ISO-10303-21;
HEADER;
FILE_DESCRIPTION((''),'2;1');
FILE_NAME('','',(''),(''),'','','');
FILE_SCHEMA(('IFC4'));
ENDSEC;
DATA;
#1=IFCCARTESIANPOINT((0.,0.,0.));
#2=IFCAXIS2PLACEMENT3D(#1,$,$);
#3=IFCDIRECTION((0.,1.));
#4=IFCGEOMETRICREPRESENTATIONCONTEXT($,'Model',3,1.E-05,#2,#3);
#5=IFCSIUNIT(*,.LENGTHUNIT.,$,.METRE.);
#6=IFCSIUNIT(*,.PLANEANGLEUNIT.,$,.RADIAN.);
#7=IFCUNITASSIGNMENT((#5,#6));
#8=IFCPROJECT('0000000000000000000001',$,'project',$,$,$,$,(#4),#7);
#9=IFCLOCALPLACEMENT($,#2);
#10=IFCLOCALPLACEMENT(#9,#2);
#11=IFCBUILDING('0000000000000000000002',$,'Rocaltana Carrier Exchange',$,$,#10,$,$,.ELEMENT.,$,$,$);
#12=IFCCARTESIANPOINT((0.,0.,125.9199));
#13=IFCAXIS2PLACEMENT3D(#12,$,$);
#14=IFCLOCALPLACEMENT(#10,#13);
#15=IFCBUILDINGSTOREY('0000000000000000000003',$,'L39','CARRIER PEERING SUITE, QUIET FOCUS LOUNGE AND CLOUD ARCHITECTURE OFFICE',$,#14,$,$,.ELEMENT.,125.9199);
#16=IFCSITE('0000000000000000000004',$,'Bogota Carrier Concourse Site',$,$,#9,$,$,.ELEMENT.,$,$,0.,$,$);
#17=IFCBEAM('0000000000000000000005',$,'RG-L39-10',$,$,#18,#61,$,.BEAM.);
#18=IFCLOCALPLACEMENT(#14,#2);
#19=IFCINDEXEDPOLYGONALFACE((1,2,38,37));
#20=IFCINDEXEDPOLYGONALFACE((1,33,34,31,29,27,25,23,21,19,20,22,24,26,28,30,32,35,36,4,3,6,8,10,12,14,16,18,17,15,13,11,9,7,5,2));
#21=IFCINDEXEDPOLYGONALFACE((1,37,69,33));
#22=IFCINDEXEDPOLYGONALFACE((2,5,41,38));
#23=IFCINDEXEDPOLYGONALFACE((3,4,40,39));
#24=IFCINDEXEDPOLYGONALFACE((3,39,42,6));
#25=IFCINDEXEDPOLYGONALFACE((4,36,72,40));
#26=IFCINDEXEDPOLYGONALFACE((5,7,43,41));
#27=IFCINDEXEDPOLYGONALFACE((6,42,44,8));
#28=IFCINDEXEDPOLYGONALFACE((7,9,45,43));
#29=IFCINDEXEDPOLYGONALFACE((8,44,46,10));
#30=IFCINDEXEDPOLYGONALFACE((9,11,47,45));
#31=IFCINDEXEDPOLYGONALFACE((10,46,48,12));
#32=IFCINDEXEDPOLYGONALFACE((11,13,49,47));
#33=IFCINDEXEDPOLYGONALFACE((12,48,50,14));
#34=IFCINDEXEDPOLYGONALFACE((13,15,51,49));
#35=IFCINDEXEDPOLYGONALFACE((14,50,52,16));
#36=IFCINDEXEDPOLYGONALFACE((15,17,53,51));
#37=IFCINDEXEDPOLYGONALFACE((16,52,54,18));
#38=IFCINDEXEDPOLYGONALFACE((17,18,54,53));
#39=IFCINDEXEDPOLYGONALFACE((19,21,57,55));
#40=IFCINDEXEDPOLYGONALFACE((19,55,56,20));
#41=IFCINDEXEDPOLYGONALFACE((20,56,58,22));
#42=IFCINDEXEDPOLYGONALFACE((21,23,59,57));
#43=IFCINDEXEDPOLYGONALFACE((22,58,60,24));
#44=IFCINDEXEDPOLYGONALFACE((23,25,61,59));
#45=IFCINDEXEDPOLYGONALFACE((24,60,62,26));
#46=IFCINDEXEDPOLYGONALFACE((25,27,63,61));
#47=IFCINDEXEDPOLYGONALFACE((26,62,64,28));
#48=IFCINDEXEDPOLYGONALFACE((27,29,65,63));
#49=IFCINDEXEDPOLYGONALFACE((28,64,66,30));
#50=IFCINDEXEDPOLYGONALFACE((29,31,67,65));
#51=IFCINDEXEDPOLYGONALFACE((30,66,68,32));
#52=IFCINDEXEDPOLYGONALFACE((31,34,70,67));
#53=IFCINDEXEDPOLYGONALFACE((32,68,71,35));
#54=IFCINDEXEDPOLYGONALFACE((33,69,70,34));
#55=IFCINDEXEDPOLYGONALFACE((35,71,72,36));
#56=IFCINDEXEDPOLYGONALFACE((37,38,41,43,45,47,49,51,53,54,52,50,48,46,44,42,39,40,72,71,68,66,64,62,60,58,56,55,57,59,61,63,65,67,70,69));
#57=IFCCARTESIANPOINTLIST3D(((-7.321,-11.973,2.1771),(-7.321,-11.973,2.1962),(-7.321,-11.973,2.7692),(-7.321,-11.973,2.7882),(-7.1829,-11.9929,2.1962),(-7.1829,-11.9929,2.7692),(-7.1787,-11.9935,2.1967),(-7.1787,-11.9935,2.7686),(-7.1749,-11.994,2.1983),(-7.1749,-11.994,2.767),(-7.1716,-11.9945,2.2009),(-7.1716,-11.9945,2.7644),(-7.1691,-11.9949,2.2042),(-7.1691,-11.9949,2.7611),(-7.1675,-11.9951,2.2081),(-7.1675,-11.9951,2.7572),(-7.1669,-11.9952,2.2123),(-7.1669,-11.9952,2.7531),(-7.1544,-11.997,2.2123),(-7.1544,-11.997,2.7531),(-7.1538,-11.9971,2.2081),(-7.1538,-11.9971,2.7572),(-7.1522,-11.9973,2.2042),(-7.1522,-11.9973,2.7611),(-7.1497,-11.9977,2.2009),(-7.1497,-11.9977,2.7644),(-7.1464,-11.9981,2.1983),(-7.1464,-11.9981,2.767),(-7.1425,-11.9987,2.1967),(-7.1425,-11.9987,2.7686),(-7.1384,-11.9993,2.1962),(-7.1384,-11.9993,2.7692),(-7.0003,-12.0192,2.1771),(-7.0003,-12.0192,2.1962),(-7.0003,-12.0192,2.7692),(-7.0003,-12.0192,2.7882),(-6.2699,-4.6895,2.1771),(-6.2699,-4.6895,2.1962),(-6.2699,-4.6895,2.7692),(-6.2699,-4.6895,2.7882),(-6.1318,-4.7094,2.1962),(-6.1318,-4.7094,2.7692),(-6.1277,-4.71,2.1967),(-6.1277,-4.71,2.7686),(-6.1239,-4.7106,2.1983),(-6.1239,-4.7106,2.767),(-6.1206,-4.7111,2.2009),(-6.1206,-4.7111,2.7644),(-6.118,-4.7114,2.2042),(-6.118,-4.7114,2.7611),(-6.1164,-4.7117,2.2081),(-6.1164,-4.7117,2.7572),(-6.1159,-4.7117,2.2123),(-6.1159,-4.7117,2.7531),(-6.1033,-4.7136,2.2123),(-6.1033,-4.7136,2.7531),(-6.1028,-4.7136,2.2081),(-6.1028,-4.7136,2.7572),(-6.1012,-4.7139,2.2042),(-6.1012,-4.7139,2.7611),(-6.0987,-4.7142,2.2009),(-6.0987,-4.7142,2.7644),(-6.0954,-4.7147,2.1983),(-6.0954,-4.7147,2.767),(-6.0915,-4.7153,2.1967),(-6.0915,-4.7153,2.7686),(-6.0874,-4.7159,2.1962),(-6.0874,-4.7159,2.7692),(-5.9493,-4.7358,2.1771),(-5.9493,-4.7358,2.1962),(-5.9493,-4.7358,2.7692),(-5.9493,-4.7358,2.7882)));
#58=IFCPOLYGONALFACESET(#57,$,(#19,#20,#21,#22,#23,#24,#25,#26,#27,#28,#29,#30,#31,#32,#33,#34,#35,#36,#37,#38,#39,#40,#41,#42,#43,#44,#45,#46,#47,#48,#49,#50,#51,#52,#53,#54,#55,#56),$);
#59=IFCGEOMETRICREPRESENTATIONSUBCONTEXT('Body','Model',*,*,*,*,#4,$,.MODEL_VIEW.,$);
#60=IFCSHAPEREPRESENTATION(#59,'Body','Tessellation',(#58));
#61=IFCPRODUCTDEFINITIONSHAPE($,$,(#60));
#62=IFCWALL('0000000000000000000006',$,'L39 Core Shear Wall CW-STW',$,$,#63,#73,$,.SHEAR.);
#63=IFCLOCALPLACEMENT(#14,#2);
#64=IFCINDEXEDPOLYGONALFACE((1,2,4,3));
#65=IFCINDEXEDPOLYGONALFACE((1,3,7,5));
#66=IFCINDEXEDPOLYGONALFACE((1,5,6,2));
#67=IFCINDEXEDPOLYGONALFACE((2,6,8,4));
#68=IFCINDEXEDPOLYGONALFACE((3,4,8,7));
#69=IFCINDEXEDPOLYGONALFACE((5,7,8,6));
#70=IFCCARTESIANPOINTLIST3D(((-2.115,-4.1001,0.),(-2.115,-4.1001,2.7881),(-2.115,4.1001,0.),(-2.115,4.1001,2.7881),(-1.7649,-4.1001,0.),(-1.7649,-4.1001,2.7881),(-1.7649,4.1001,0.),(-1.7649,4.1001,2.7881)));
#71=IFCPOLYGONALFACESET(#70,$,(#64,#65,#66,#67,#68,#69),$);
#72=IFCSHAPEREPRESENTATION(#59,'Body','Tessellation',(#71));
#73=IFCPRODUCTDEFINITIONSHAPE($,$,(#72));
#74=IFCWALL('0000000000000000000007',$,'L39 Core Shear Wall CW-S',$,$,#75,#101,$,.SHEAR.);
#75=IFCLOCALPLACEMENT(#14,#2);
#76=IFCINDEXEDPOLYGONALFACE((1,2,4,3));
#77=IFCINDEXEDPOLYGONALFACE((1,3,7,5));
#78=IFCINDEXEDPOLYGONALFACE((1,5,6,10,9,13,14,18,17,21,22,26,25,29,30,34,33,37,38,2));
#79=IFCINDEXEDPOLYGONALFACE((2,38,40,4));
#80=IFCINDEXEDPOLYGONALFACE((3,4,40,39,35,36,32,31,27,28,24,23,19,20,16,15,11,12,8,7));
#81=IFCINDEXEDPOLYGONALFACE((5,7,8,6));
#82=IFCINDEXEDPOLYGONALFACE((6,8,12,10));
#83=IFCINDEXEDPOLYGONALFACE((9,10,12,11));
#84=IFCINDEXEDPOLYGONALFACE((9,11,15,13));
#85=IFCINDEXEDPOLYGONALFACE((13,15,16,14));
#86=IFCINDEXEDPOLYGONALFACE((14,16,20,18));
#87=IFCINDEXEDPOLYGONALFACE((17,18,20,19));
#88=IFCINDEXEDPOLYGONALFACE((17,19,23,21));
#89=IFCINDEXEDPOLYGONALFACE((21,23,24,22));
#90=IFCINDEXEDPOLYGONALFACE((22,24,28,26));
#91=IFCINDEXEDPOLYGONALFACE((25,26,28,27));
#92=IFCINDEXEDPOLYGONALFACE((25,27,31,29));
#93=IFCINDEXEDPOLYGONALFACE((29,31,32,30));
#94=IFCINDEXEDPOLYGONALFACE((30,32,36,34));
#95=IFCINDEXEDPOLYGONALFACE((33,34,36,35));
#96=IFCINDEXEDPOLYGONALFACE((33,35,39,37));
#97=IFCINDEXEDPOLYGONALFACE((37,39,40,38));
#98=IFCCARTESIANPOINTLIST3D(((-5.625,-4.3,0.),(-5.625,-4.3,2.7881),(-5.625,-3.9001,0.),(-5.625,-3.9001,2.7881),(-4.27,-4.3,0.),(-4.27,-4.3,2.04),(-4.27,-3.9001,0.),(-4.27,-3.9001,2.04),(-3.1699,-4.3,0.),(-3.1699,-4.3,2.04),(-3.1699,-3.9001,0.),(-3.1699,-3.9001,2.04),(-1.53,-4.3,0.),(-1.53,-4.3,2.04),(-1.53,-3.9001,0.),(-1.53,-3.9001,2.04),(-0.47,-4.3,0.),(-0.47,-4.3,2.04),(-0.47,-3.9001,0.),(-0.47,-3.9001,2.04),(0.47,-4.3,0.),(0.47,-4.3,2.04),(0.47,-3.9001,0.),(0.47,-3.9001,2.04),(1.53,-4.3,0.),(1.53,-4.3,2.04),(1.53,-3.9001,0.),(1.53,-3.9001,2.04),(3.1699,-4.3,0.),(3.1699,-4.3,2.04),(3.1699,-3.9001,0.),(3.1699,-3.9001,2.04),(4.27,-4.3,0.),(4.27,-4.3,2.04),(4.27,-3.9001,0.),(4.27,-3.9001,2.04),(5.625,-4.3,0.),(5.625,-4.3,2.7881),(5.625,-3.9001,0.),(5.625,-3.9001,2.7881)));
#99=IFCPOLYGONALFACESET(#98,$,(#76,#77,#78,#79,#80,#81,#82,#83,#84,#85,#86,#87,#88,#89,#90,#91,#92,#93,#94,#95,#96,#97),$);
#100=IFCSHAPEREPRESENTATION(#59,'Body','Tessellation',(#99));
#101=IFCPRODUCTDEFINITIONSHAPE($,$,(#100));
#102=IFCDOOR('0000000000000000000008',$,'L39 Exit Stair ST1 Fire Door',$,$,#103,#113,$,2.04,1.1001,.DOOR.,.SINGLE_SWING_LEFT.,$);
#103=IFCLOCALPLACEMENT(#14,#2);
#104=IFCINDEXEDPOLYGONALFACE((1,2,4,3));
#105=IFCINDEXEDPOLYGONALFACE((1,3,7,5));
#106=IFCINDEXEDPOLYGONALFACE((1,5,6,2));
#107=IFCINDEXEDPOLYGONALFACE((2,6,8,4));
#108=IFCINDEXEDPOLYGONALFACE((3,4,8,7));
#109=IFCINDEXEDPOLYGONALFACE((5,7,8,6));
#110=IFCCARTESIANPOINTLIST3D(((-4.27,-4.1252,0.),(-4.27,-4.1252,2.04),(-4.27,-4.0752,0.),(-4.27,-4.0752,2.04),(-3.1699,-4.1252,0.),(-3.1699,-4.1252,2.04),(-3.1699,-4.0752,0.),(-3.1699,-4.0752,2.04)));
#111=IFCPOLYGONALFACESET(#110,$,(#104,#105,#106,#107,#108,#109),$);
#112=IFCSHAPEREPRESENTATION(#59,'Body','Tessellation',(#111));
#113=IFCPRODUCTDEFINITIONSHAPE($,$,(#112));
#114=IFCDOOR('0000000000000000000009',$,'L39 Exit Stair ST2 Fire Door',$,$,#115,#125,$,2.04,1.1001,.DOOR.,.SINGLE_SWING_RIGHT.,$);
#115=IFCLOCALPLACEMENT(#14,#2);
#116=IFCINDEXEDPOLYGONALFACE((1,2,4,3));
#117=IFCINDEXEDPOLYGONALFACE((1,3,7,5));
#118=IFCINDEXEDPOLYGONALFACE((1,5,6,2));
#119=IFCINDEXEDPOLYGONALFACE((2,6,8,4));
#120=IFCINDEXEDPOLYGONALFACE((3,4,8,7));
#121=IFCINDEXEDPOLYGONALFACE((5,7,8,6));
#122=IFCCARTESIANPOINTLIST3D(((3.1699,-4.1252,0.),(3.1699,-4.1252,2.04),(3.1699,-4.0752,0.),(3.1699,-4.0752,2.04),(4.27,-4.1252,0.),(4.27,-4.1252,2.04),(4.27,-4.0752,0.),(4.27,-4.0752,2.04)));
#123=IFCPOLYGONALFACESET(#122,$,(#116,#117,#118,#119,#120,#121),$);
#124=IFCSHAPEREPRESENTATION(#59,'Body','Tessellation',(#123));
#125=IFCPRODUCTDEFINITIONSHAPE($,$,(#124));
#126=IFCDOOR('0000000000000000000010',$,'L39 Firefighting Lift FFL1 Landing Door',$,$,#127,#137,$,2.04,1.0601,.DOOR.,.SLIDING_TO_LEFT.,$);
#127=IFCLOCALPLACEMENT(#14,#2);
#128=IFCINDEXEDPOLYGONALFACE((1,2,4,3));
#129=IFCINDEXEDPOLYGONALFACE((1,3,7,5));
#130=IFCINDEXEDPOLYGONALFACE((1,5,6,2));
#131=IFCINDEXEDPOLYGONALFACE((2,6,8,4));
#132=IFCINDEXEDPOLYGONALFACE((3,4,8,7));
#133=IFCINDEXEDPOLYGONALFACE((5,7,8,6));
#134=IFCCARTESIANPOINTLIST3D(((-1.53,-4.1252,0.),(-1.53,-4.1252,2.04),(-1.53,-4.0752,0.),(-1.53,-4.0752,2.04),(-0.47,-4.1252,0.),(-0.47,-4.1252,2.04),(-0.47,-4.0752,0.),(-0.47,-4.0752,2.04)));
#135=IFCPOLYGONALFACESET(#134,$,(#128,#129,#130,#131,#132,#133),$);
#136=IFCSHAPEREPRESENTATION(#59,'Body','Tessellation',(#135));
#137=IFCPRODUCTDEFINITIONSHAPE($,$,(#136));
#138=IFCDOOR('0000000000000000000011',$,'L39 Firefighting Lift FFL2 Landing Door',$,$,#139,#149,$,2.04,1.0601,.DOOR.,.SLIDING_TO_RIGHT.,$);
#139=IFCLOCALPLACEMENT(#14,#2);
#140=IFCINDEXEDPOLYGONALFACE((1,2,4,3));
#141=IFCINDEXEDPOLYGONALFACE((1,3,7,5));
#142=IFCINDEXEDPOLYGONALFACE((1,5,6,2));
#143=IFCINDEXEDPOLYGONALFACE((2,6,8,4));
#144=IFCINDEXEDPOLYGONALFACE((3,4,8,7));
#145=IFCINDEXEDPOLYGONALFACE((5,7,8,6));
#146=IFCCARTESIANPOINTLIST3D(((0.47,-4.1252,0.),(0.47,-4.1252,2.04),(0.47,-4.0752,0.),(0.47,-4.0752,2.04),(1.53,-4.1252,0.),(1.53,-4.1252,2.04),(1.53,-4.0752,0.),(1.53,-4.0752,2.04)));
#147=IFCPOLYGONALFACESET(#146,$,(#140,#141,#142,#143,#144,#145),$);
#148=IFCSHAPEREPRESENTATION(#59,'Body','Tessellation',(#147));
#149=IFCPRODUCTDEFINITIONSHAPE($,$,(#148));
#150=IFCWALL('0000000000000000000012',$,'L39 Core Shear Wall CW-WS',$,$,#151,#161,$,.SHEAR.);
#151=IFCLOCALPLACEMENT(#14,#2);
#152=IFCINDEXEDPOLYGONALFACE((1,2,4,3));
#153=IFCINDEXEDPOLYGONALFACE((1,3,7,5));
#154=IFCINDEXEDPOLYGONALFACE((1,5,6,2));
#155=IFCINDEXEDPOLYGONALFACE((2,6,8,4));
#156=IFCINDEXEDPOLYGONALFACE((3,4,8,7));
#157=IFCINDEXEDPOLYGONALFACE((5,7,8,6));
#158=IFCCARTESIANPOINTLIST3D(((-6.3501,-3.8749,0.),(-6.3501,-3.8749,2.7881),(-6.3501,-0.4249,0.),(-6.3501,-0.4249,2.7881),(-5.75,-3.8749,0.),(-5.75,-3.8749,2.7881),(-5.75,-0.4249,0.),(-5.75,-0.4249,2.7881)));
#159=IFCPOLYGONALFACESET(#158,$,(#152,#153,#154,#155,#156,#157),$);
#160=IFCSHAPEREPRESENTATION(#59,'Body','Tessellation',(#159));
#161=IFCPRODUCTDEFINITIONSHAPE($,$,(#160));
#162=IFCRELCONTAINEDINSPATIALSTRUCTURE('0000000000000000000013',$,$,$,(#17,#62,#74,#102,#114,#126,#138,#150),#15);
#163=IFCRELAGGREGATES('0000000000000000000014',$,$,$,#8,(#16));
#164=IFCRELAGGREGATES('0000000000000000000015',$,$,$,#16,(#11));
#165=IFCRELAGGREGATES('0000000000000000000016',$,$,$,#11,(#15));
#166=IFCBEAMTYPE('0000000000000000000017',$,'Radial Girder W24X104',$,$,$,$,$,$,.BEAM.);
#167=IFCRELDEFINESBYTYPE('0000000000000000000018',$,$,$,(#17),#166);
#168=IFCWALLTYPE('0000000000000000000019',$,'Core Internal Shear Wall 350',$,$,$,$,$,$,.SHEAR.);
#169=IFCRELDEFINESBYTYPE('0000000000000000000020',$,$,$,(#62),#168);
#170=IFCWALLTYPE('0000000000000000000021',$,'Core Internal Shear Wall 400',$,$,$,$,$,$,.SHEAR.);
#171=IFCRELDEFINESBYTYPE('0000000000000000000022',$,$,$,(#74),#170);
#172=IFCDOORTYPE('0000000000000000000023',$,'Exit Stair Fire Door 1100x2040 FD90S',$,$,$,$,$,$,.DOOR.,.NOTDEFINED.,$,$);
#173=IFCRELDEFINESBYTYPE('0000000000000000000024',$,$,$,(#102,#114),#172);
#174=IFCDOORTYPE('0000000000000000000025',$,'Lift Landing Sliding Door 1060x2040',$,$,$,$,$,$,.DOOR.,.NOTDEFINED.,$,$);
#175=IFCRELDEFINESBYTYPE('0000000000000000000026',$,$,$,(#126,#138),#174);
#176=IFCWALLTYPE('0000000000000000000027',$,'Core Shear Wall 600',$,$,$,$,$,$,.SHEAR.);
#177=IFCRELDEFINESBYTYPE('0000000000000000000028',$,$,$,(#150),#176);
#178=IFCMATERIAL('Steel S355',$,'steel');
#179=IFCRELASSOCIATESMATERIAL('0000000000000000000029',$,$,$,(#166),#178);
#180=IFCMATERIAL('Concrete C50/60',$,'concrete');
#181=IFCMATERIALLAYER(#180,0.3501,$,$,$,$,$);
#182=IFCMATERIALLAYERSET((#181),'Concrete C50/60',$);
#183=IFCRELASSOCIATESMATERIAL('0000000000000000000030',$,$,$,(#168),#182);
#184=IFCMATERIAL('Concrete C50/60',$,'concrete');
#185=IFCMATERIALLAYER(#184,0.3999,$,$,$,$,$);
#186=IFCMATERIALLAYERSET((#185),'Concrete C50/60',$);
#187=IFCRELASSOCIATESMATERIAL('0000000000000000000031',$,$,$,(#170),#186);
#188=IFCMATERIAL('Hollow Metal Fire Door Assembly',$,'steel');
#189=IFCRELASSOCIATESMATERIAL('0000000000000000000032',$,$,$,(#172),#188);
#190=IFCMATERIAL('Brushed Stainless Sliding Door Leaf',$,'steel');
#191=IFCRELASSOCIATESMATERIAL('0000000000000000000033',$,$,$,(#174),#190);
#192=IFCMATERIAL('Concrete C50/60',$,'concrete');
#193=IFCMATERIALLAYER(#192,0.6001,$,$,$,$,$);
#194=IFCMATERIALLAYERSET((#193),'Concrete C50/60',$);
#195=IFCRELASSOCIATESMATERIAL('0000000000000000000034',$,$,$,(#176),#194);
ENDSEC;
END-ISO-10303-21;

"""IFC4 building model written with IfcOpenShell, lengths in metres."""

from ifc_helpers import new_model, si_unit, direction, frame, frame_2d, origin, origin_2d, place, context, subcontext, project, spatial, rectangle, i_section, extrude, material, layer, layer_set, material_profile, profile_set, type_object, element, fill, save


model = new_model("IFC4")

# Units and contexts
model_context = context("Model", 3, precision=1e-05, world=origin(), true_north=direction((0.0, 1.0)))
body_context = subcontext(model_context, "Body", "Model", "MODEL_VIEW")
ifc_project = project(units=[si_unit("LENGTHUNIT", "METRE"), si_unit("PLANEANGLEUNIT", "RADIAN")], contexts=[model_context])

# Site, building, storey
site_placement = place(None, origin())
site = spatial("IfcSite", under=ifc_project, at=site_placement, Name="Bogota Carrier Concourse Site", CompositionType="ELEMENT", RefElevation=0.0)
building_placement = place(site_placement, origin())
building = spatial("IfcBuilding", under=site, at=building_placement, Name="Rocaltana Carrier Exchange", CompositionType="ELEMENT")
storey_placement = place(building_placement, frame((0.0, 0.0, 125.9199)))
storey = spatial("IfcBuildingStorey", under=building, at=storey_placement, Name="L39", Description="CARRIER PEERING SUITE, QUIET FOCUS LOUNGE AND CLOUD ARCHITECTURE OFFICE", CompositionType="ELEMENT", Elevation=125.9199)

# Beam
ifc_material_1 = material(Name="Steel S355", Category="steel")
ifc_material_profile_1 = material_profile(ifc_material_1, i_section(OverallWidth=0.324, OverallDepth=0.6111, WebThickness=0.0127, FlangeThickness=0.019, FilletRadius=0.0161, at=origin_2d()), Name="W24X104")
ifc_profile_set_1 = profile_set([ifc_material_profile_1], Name="Steel S355")
beam_type = type_object("IfcBeamType", Name="Radial Girder W24X104", PredefinedType="BEAM", material=ifc_profile_set_1)
beam_1_placement = place(storey_placement, frame((-6.1096, -4.7126, 2.4827), z_axis=(-0.142824, -0.989748, 0.0), x_axis=(0.989748, -0.142824, 0.0)))
element("IfcBeam", 1, at=beam_1_placement, inside=storey, type_object=beam_type, Name="RG-L39-10", PredefinedType="BEAM", context=body_context, shape_type="SweptSolid", body=[
    extrude(i_section(OverallWidth=0.324, OverallDepth=0.6111, WebThickness=0.0127, FlangeThickness=0.019, FilletRadius=0.0161, at=origin_2d()), origin(), (0.0, 0.0, 1.0), 7.3589),
])

# Wall
ifc_material_2 = material(Name="Concrete C50/60", Category="concrete")
ifc_layer_1 = layer(ifc_material_2, 0.3501)
ifc_layer_set_1 = layer_set([ifc_layer_1], Name="Concrete C50/60")
wall_type_1 = type_object("IfcWallType", Name="Core Internal Shear Wall 350", PredefinedType="SHEAR", material=ifc_layer_set_1)
wall_1_placement = place(storey_placement, frame((-1.9399, -4.1001, 0.0), z_axis=(0.0, 0.0, 1.0), x_axis=(0.0, 1.0, 0.0)))
element("IfcWall", 2, at=wall_1_placement, inside=storey, type_object=wall_type_1, Name="L39 Core Shear Wall CW-STW", PredefinedType="SHEAR", context=body_context, shape_type="SweptSolid", body=[
    extrude(rectangle(XDim=8.2002, YDim=0.3501, at=frame_2d((4.1001, 0.0))), origin(), (0.0, 0.0, 1.0), 2.7881),
])

# Wall, openings, doors
ifc_material_3 = material(Name="Concrete C50/60", Category="concrete")
ifc_layer_2 = layer(ifc_material_3, 0.3999)
ifc_layer_set_2 = layer_set([ifc_layer_2], Name="Concrete C50/60")
wall_type_2 = type_object("IfcWallType", Name="Core Internal Shear Wall 400", PredefinedType="SHEAR", material=ifc_layer_set_2)
wall_2_placement = place(storey_placement, frame((-5.625, -4.1001, 0.0), z_axis=(0.0, 0.0, 1.0), x_axis=(1.0, 0.0, 0.0)))
wall_2 = element("IfcWall", 3, at=wall_2_placement, inside=storey, type_object=wall_type_2, Name="L39 Core Shear Wall CW-S", PredefinedType="SHEAR", context=body_context, shape_type="SweptSolid", body=[
    extrude(rectangle(XDim=11.25, YDim=0.3999, at=frame_2d((5.625, 0.0))), origin(), (0.0, 0.0, 1.0), 2.7881),
])
opening_1_placement = place(wall_2_placement, frame((1.355, 0.0, 0.0)))
opening_1 = element("IfcOpeningElement", 4, at=opening_1_placement, cuts=wall_2, PredefinedType="OPENING", context=body_context, shape_type="SweptSolid", body=[
    extrude(rectangle(XDim=1.1001, YDim=2.04, at=frame_2d((0.55, 1.02))), frame((0.0, 0.21, 0.0), z_axis=(0.0, -1.0, 0.0), x_axis=(1.0, 0.0, 0.0)), (0.0, 0.0, 1.0), 0.4199),
])
opening_2_placement = place(wall_2_placement, frame((8.7949, 0.0, 0.0)))
opening_2 = element("IfcOpeningElement", 5, at=opening_2_placement, cuts=wall_2, PredefinedType="OPENING", context=body_context, shape_type="SweptSolid", body=[
    extrude(rectangle(XDim=1.1001, YDim=2.04, at=frame_2d((0.55, 1.02))), frame((0.0, 0.21, 0.0), z_axis=(0.0, -1.0, 0.0), x_axis=(1.0, 0.0, 0.0)), (0.0, 0.0, 1.0), 0.4199),
])
opening_3_placement = place(wall_2_placement, frame((4.095, 0.0, 0.0)))
opening_3 = element("IfcOpeningElement", 6, at=opening_3_placement, cuts=wall_2, PredefinedType="OPENING", context=body_context, shape_type="SweptSolid", body=[
    extrude(rectangle(XDim=1.0601, YDim=2.04, at=frame_2d((0.53, 1.02))), frame((0.0, 0.21, 0.0), z_axis=(0.0, -1.0, 0.0), x_axis=(1.0, 0.0, 0.0)), (0.0, 0.0, 1.0), 0.4199),
])
opening_4_placement = place(wall_2_placement, frame((6.095, 0.0, 0.0)))
opening_4 = element("IfcOpeningElement", 7, at=opening_4_placement, cuts=wall_2, PredefinedType="OPENING", context=body_context, shape_type="SweptSolid", body=[
    extrude(rectangle(XDim=1.0601, YDim=2.04, at=frame_2d((0.53, 1.02))), frame((0.0, 0.21, 0.0), z_axis=(0.0, -1.0, 0.0), x_axis=(1.0, 0.0, 0.0)), (0.0, 0.0, 1.0), 0.4199),
])
ifc_material_4 = material(Name="Hollow Metal Fire Door Assembly", Category="steel")
door_type_1 = type_object("IfcDoorType", Name="Exit Stair Fire Door 1100x2040 FD90S", OperationType="NOTDEFINED", PredefinedType="DOOR", material=ifc_material_4)
door_1_placement = place(opening_1_placement, origin())
door_1 = element("IfcDoor", 8, at=door_1_placement, inside=storey, type_object=door_type_1, Name="L39 Exit Stair ST1 Fire Door", OperationType="SINGLE_SWING_LEFT", OverallHeight=2.04, OverallWidth=1.1001, PredefinedType="DOOR", context=body_context, shape_type="SweptSolid", body=[
    extrude(rectangle(XDim=1.1001, YDim=2.04, at=frame_2d((0.55, 1.02))), frame((0.0, 0.0249, 0.0), z_axis=(0.0, -1.0, 0.0), x_axis=(1.0, 0.0, 0.0)), (0.0, 0.0, 1.0), 0.05),
])
fill(opening_1, door_1)
door_2_placement = place(opening_2_placement, origin())
door_2 = element("IfcDoor", 9, at=door_2_placement, inside=storey, type_object=door_type_1, Name="L39 Exit Stair ST2 Fire Door", OperationType="SINGLE_SWING_RIGHT", OverallHeight=2.04, OverallWidth=1.1001, PredefinedType="DOOR", context=body_context, shape_type="SweptSolid", body=[
    extrude(rectangle(XDim=1.1001, YDim=2.04, at=frame_2d((0.55, 1.02))), frame((0.0, 0.0249, 0.0), z_axis=(0.0, -1.0, 0.0), x_axis=(1.0, 0.0, 0.0)), (0.0, 0.0, 1.0), 0.05),
])
fill(opening_2, door_2)
ifc_material_5 = material(Name="Brushed Stainless Sliding Door Leaf", Category="steel")
door_type_2 = type_object("IfcDoorType", Name="Lift Landing Sliding Door 1060x2040", OperationType="NOTDEFINED", PredefinedType="DOOR", material=ifc_material_5)
door_3_placement = place(opening_3_placement, origin())
door_3 = element("IfcDoor", 10, at=door_3_placement, inside=storey, type_object=door_type_2, Name="L39 Firefighting Lift FFL1 Landing Door", OperationType="SLIDING_TO_LEFT", OverallHeight=2.04, OverallWidth=1.0601, PredefinedType="DOOR", context=body_context, shape_type="SweptSolid", body=[
    extrude(rectangle(XDim=1.0601, YDim=2.04, at=frame_2d((0.53, 1.02))), frame((0.0, 0.0249, 0.0), z_axis=(0.0, -1.0, 0.0), x_axis=(1.0, 0.0, 0.0)), (0.0, 0.0, 1.0), 0.05),
])
fill(opening_3, door_3)
door_4_placement = place(opening_4_placement, origin())
door_4 = element("IfcDoor", 11, at=door_4_placement, inside=storey, type_object=door_type_2, Name="L39 Firefighting Lift FFL2 Landing Door", OperationType="SLIDING_TO_RIGHT", OverallHeight=2.04, OverallWidth=1.0601, PredefinedType="DOOR", context=body_context, shape_type="SweptSolid", body=[
    extrude(rectangle(XDim=1.0601, YDim=2.04, at=frame_2d((0.53, 1.02))), frame((0.0, 0.0249, 0.0), z_axis=(0.0, -1.0, 0.0), x_axis=(1.0, 0.0, 0.0)), (0.0, 0.0, 1.0), 0.05),
])
fill(opening_4, door_4)

# Wall
ifc_material_6 = material(Name="Concrete C50/60", Category="concrete")
ifc_layer_3 = layer(ifc_material_6, 0.6001)
ifc_layer_set_3 = layer_set([ifc_layer_3], Name="Concrete C50/60")
wall_type_3 = type_object("IfcWallType", Name="Core Shear Wall 600", PredefinedType="SHEAR", material=ifc_layer_set_3)
wall_3_placement = place(storey_placement, frame((-6.05, -3.875, 0.0), z_axis=(0.0, 0.0, 1.0), x_axis=(0.0, 1.0, 0.0)))
element("IfcWall", 12, at=wall_3_placement, inside=storey, type_object=wall_type_3, Name="L39 Core Shear Wall CW-WS", PredefinedType="SHEAR", context=body_context, shape_type="SweptSolid", body=[
    extrude(rectangle(XDim=3.45, YDim=0.6001, at=frame_2d((1.7251, 0.0))), origin(), (0.0, 0.0, 1.0), 2.7881),
])

save(model, "model.ifc")
